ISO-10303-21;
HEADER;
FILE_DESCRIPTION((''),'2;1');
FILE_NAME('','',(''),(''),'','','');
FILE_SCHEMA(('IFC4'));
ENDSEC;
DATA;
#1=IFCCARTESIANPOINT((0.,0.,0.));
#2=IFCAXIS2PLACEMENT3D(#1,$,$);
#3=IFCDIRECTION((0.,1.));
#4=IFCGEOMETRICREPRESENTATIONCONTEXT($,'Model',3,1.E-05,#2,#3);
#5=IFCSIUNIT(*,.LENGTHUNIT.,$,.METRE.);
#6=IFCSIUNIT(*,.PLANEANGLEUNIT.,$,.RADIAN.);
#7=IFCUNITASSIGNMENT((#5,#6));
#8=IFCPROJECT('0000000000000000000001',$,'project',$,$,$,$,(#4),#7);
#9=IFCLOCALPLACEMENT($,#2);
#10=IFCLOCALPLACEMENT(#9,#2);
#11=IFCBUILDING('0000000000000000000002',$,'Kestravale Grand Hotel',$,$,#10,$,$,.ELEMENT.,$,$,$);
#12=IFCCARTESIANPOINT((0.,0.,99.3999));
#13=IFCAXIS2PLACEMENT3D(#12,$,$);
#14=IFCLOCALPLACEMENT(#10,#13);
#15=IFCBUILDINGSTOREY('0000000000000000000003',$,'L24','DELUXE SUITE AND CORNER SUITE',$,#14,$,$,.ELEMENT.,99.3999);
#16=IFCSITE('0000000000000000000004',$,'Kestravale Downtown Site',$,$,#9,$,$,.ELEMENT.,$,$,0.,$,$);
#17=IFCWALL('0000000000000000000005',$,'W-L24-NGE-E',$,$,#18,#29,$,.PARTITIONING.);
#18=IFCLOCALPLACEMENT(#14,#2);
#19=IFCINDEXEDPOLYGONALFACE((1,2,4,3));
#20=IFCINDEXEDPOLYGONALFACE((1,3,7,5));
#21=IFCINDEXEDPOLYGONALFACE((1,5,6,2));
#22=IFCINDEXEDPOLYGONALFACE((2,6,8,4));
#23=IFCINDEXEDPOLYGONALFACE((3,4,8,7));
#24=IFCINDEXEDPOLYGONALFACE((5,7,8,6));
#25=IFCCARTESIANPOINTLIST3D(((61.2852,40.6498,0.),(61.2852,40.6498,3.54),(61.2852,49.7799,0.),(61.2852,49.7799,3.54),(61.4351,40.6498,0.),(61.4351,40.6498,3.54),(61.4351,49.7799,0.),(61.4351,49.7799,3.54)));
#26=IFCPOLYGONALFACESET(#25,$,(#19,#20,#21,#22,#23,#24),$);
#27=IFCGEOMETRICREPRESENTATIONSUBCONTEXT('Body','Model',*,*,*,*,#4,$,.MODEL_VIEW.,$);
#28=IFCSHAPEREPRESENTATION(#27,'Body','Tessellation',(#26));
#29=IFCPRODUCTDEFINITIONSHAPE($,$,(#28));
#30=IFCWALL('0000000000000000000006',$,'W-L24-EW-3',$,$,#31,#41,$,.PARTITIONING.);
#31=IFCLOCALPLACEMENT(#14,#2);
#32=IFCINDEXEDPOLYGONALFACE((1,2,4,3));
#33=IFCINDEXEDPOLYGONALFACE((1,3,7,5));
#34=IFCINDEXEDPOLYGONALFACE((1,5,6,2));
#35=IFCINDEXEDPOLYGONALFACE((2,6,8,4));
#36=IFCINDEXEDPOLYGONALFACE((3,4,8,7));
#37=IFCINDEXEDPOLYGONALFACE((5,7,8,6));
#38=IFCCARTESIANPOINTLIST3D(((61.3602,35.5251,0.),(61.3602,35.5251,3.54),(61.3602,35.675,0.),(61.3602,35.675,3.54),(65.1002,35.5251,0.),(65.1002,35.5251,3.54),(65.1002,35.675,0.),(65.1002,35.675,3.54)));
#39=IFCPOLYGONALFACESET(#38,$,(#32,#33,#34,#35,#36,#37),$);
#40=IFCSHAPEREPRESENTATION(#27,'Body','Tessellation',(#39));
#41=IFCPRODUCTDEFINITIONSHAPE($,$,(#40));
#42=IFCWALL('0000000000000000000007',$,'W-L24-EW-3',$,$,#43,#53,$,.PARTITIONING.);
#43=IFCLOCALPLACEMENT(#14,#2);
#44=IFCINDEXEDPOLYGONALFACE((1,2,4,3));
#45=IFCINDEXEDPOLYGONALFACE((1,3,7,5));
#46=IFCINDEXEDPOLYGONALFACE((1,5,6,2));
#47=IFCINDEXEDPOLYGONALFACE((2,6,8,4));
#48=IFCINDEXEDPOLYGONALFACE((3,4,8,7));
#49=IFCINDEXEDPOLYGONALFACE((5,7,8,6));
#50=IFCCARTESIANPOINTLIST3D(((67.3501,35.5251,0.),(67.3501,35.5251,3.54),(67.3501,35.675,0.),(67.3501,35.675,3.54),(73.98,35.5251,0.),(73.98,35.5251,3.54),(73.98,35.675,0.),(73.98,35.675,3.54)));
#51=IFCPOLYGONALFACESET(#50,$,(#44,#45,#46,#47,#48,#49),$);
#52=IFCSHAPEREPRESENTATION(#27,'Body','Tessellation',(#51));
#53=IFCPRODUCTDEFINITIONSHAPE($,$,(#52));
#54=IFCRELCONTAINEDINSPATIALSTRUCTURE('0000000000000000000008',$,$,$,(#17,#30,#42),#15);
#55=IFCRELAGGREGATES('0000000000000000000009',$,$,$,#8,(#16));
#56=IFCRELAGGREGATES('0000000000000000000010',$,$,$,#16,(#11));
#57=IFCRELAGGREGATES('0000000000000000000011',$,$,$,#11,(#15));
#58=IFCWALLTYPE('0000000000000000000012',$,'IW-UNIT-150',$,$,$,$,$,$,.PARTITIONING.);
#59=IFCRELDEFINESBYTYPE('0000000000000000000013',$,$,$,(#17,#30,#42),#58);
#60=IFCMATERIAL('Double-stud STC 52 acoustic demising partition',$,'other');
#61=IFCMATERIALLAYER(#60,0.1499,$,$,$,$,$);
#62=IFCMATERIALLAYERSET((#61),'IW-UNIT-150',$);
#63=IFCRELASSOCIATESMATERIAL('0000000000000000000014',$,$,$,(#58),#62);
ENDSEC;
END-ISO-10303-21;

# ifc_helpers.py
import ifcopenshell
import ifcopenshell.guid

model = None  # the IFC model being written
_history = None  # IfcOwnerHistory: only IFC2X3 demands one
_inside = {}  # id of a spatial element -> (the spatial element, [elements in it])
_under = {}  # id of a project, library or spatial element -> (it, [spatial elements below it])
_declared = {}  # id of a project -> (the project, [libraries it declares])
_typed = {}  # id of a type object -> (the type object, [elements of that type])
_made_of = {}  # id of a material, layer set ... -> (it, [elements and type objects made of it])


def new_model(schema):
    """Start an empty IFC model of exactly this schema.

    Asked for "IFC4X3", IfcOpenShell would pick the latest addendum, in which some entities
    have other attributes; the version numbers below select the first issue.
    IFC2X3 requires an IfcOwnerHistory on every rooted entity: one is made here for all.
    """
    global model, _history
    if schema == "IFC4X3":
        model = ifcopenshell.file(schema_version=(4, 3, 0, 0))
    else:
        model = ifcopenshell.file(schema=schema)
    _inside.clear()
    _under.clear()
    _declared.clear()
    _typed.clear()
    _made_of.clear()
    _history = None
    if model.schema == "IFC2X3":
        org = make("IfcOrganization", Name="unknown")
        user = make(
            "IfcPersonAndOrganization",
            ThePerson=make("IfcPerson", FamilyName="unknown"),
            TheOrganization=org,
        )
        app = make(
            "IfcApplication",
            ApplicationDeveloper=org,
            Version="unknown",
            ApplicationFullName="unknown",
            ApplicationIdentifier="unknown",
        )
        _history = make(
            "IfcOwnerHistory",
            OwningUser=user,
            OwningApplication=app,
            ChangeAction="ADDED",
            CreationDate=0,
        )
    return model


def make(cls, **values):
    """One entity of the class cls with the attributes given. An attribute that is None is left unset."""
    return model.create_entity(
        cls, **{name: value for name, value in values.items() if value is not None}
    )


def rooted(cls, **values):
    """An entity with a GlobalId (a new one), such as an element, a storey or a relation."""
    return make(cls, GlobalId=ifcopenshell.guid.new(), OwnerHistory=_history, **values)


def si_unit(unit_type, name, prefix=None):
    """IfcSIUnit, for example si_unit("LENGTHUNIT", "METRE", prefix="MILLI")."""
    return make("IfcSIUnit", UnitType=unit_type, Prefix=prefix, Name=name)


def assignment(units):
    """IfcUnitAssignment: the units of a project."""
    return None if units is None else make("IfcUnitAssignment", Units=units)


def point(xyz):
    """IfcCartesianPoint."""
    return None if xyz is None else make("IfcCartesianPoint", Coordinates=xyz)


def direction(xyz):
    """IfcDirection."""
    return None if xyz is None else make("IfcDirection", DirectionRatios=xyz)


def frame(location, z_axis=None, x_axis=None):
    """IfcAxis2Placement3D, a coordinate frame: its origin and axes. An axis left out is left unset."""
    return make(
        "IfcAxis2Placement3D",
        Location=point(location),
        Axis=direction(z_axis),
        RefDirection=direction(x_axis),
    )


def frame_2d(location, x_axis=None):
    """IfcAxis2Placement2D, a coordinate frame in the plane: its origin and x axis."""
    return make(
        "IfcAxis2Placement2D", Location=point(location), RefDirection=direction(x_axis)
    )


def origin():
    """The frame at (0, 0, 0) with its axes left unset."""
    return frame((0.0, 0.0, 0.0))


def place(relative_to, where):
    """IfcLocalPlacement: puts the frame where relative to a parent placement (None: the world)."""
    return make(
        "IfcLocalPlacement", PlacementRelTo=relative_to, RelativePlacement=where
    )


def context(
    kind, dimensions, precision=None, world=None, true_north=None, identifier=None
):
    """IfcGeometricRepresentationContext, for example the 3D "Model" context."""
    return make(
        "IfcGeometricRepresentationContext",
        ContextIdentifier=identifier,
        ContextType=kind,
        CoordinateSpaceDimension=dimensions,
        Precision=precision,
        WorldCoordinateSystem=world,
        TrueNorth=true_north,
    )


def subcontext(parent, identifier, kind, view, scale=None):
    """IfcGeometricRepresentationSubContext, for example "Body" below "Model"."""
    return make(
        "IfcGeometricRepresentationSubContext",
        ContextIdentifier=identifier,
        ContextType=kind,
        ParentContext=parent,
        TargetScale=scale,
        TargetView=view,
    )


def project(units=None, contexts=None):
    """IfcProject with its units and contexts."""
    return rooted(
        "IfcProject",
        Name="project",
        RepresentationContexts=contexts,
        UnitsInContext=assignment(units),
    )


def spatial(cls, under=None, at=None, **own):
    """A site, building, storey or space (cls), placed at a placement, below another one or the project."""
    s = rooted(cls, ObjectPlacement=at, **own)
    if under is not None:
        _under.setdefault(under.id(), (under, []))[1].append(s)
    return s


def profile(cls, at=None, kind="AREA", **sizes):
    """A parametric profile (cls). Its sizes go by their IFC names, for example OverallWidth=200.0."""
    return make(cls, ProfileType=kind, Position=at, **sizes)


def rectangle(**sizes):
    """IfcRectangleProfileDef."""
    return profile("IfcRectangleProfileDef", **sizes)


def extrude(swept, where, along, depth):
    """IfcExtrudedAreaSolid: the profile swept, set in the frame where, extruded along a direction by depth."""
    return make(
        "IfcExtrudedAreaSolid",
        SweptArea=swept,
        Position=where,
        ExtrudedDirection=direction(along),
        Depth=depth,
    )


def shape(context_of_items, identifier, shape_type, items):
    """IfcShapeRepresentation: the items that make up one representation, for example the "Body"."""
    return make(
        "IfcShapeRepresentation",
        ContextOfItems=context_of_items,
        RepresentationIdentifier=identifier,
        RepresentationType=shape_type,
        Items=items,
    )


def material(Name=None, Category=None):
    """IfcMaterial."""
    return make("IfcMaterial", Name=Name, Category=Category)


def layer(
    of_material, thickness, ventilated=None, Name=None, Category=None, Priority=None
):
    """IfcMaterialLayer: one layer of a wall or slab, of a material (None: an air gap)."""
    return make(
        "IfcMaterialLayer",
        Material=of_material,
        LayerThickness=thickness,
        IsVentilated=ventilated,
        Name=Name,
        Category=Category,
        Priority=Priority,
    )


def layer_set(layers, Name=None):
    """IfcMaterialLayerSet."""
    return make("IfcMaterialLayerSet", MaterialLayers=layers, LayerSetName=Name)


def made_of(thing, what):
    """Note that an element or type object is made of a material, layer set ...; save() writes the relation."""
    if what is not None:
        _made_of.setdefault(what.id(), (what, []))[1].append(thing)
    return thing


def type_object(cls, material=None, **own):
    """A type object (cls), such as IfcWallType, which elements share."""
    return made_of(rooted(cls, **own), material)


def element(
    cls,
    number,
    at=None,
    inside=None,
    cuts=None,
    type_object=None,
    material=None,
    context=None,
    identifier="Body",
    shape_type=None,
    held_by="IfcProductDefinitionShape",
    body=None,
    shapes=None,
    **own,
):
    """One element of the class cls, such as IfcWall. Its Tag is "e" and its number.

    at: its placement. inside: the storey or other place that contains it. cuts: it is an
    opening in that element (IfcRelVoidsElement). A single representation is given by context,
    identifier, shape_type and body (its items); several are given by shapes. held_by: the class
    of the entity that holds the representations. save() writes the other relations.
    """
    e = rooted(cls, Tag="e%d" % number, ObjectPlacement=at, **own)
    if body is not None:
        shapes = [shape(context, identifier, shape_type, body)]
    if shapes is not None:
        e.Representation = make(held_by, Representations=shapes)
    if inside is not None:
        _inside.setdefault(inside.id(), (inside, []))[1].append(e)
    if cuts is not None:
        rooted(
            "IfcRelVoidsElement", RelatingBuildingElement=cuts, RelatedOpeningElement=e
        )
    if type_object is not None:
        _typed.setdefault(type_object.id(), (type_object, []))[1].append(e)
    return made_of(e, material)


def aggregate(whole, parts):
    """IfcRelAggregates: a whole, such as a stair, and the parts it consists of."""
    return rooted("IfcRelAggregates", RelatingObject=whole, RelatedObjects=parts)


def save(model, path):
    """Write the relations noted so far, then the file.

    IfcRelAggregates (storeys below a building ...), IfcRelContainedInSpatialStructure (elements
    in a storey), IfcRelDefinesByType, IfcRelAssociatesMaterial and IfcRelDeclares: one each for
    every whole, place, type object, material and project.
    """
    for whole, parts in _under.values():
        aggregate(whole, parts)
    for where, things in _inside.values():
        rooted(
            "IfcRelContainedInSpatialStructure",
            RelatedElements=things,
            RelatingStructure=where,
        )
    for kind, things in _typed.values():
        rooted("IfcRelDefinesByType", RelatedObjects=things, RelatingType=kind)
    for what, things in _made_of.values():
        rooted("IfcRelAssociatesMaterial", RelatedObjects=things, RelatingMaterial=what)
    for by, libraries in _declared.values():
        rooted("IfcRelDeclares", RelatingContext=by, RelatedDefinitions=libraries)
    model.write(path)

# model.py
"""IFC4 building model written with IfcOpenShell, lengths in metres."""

from ifc_helpers import new_model, si_unit, direction, frame, frame_2d, origin, place, context, subcontext, project, spatial, rectangle, extrude, material, layer, layer_set, type_object, element, save


model = new_model("IFC4")

# Units and contexts
model_context = context("Model", 3, precision=1e-05, world=origin(), true_north=direction((0.0, 1.0)))
body_context = subcontext(model_context, "Body", "Model", "MODEL_VIEW")
ifc_project = project(units=[si_unit("LENGTHUNIT", "METRE"), si_unit("PLANEANGLEUNIT", "RADIAN")], contexts=[model_context])

# Site, building, storey
site_placement = place(None, origin())
site = spatial("IfcSite", under=ifc_project, at=site_placement, Name="Kestravale Downtown Site", CompositionType="ELEMENT", RefElevation=0.0)
building_placement = place(site_placement, origin())
building = spatial("IfcBuilding", under=site, at=building_placement, Name="Kestravale Grand Hotel", CompositionType="ELEMENT")
storey_placement = place(building_placement, frame((0.0, 0.0, 99.3999)))
storey = spatial("IfcBuildingStorey", under=building, at=storey_placement, Name="L24", Description="DELUXE SUITE AND CORNER SUITE", CompositionType="ELEMENT", Elevation=99.3999)

# Walls
ifc_material_1 = material(Name="Double-stud STC 52 acoustic demising partition", Category="other")
ifc_layer_1 = layer(ifc_material_1, 0.1499)
ifc_layer_set_1 = layer_set([ifc_layer_1], Name="IW-UNIT-150")
wall_type_1 = type_object("IfcWallType", Name="IW-UNIT-150", PredefinedType="PARTITIONING", material=ifc_layer_set_1)
wall_1_placement = place(storey_placement, frame((61.3601, 40.6499, 0.0), z_axis=(0.0, 0.0, 1.0), x_axis=(0.0, 1.0, 0.0)))
element("IfcWall", 1, at=wall_1_placement, inside=storey, type_object=wall_type_1, Name="W-L24-NGE-E", PredefinedType="PARTITIONING", context=body_context, shape_type="SweptSolid", body=[
    extrude(rectangle(XDim=9.1301, YDim=0.1499, at=frame_2d((4.5649, 0.0))), origin(), (0.0, 0.0, 1.0), 3.54),
])
wall_2_placement = place(storey_placement, frame((61.3601, 35.6001, 0.0), z_axis=(0.0, 0.0, 1.0), x_axis=(1.0, 0.0, 0.0)))
element("IfcWall", 2, at=wall_2_placement, inside=storey, type_object=wall_type_1, Name="W-L24-EW-3", PredefinedType="PARTITIONING", context=body_context, shape_type="SweptSolid", body=[
    extrude(rectangle(XDim=3.74, YDim=0.1499, at=frame_2d((1.8701, 0.0))), origin(), (0.0, 0.0, 1.0), 3.54),
])
wall_3_placement = place(storey_placement, frame((67.3501, 35.6001, 0.0), z_axis=(0.0, 0.0, 1.0), x_axis=(1.0, 0.0, 0.0)))
element("IfcWall", 3, at=wall_3_placement, inside=storey, type_object=wall_type_1, Name="W-L24-EW-3", PredefinedType="PARTITIONING", context=body_context, shape_type="SweptSolid", body=[
    extrude(rectangle(XDim=6.6299, YDim=0.1499, at=frame_2d((3.3149, 0.0))), origin(), (0.0, 0.0, 1.0), 3.54),
])

save(model, "model.ifc")
